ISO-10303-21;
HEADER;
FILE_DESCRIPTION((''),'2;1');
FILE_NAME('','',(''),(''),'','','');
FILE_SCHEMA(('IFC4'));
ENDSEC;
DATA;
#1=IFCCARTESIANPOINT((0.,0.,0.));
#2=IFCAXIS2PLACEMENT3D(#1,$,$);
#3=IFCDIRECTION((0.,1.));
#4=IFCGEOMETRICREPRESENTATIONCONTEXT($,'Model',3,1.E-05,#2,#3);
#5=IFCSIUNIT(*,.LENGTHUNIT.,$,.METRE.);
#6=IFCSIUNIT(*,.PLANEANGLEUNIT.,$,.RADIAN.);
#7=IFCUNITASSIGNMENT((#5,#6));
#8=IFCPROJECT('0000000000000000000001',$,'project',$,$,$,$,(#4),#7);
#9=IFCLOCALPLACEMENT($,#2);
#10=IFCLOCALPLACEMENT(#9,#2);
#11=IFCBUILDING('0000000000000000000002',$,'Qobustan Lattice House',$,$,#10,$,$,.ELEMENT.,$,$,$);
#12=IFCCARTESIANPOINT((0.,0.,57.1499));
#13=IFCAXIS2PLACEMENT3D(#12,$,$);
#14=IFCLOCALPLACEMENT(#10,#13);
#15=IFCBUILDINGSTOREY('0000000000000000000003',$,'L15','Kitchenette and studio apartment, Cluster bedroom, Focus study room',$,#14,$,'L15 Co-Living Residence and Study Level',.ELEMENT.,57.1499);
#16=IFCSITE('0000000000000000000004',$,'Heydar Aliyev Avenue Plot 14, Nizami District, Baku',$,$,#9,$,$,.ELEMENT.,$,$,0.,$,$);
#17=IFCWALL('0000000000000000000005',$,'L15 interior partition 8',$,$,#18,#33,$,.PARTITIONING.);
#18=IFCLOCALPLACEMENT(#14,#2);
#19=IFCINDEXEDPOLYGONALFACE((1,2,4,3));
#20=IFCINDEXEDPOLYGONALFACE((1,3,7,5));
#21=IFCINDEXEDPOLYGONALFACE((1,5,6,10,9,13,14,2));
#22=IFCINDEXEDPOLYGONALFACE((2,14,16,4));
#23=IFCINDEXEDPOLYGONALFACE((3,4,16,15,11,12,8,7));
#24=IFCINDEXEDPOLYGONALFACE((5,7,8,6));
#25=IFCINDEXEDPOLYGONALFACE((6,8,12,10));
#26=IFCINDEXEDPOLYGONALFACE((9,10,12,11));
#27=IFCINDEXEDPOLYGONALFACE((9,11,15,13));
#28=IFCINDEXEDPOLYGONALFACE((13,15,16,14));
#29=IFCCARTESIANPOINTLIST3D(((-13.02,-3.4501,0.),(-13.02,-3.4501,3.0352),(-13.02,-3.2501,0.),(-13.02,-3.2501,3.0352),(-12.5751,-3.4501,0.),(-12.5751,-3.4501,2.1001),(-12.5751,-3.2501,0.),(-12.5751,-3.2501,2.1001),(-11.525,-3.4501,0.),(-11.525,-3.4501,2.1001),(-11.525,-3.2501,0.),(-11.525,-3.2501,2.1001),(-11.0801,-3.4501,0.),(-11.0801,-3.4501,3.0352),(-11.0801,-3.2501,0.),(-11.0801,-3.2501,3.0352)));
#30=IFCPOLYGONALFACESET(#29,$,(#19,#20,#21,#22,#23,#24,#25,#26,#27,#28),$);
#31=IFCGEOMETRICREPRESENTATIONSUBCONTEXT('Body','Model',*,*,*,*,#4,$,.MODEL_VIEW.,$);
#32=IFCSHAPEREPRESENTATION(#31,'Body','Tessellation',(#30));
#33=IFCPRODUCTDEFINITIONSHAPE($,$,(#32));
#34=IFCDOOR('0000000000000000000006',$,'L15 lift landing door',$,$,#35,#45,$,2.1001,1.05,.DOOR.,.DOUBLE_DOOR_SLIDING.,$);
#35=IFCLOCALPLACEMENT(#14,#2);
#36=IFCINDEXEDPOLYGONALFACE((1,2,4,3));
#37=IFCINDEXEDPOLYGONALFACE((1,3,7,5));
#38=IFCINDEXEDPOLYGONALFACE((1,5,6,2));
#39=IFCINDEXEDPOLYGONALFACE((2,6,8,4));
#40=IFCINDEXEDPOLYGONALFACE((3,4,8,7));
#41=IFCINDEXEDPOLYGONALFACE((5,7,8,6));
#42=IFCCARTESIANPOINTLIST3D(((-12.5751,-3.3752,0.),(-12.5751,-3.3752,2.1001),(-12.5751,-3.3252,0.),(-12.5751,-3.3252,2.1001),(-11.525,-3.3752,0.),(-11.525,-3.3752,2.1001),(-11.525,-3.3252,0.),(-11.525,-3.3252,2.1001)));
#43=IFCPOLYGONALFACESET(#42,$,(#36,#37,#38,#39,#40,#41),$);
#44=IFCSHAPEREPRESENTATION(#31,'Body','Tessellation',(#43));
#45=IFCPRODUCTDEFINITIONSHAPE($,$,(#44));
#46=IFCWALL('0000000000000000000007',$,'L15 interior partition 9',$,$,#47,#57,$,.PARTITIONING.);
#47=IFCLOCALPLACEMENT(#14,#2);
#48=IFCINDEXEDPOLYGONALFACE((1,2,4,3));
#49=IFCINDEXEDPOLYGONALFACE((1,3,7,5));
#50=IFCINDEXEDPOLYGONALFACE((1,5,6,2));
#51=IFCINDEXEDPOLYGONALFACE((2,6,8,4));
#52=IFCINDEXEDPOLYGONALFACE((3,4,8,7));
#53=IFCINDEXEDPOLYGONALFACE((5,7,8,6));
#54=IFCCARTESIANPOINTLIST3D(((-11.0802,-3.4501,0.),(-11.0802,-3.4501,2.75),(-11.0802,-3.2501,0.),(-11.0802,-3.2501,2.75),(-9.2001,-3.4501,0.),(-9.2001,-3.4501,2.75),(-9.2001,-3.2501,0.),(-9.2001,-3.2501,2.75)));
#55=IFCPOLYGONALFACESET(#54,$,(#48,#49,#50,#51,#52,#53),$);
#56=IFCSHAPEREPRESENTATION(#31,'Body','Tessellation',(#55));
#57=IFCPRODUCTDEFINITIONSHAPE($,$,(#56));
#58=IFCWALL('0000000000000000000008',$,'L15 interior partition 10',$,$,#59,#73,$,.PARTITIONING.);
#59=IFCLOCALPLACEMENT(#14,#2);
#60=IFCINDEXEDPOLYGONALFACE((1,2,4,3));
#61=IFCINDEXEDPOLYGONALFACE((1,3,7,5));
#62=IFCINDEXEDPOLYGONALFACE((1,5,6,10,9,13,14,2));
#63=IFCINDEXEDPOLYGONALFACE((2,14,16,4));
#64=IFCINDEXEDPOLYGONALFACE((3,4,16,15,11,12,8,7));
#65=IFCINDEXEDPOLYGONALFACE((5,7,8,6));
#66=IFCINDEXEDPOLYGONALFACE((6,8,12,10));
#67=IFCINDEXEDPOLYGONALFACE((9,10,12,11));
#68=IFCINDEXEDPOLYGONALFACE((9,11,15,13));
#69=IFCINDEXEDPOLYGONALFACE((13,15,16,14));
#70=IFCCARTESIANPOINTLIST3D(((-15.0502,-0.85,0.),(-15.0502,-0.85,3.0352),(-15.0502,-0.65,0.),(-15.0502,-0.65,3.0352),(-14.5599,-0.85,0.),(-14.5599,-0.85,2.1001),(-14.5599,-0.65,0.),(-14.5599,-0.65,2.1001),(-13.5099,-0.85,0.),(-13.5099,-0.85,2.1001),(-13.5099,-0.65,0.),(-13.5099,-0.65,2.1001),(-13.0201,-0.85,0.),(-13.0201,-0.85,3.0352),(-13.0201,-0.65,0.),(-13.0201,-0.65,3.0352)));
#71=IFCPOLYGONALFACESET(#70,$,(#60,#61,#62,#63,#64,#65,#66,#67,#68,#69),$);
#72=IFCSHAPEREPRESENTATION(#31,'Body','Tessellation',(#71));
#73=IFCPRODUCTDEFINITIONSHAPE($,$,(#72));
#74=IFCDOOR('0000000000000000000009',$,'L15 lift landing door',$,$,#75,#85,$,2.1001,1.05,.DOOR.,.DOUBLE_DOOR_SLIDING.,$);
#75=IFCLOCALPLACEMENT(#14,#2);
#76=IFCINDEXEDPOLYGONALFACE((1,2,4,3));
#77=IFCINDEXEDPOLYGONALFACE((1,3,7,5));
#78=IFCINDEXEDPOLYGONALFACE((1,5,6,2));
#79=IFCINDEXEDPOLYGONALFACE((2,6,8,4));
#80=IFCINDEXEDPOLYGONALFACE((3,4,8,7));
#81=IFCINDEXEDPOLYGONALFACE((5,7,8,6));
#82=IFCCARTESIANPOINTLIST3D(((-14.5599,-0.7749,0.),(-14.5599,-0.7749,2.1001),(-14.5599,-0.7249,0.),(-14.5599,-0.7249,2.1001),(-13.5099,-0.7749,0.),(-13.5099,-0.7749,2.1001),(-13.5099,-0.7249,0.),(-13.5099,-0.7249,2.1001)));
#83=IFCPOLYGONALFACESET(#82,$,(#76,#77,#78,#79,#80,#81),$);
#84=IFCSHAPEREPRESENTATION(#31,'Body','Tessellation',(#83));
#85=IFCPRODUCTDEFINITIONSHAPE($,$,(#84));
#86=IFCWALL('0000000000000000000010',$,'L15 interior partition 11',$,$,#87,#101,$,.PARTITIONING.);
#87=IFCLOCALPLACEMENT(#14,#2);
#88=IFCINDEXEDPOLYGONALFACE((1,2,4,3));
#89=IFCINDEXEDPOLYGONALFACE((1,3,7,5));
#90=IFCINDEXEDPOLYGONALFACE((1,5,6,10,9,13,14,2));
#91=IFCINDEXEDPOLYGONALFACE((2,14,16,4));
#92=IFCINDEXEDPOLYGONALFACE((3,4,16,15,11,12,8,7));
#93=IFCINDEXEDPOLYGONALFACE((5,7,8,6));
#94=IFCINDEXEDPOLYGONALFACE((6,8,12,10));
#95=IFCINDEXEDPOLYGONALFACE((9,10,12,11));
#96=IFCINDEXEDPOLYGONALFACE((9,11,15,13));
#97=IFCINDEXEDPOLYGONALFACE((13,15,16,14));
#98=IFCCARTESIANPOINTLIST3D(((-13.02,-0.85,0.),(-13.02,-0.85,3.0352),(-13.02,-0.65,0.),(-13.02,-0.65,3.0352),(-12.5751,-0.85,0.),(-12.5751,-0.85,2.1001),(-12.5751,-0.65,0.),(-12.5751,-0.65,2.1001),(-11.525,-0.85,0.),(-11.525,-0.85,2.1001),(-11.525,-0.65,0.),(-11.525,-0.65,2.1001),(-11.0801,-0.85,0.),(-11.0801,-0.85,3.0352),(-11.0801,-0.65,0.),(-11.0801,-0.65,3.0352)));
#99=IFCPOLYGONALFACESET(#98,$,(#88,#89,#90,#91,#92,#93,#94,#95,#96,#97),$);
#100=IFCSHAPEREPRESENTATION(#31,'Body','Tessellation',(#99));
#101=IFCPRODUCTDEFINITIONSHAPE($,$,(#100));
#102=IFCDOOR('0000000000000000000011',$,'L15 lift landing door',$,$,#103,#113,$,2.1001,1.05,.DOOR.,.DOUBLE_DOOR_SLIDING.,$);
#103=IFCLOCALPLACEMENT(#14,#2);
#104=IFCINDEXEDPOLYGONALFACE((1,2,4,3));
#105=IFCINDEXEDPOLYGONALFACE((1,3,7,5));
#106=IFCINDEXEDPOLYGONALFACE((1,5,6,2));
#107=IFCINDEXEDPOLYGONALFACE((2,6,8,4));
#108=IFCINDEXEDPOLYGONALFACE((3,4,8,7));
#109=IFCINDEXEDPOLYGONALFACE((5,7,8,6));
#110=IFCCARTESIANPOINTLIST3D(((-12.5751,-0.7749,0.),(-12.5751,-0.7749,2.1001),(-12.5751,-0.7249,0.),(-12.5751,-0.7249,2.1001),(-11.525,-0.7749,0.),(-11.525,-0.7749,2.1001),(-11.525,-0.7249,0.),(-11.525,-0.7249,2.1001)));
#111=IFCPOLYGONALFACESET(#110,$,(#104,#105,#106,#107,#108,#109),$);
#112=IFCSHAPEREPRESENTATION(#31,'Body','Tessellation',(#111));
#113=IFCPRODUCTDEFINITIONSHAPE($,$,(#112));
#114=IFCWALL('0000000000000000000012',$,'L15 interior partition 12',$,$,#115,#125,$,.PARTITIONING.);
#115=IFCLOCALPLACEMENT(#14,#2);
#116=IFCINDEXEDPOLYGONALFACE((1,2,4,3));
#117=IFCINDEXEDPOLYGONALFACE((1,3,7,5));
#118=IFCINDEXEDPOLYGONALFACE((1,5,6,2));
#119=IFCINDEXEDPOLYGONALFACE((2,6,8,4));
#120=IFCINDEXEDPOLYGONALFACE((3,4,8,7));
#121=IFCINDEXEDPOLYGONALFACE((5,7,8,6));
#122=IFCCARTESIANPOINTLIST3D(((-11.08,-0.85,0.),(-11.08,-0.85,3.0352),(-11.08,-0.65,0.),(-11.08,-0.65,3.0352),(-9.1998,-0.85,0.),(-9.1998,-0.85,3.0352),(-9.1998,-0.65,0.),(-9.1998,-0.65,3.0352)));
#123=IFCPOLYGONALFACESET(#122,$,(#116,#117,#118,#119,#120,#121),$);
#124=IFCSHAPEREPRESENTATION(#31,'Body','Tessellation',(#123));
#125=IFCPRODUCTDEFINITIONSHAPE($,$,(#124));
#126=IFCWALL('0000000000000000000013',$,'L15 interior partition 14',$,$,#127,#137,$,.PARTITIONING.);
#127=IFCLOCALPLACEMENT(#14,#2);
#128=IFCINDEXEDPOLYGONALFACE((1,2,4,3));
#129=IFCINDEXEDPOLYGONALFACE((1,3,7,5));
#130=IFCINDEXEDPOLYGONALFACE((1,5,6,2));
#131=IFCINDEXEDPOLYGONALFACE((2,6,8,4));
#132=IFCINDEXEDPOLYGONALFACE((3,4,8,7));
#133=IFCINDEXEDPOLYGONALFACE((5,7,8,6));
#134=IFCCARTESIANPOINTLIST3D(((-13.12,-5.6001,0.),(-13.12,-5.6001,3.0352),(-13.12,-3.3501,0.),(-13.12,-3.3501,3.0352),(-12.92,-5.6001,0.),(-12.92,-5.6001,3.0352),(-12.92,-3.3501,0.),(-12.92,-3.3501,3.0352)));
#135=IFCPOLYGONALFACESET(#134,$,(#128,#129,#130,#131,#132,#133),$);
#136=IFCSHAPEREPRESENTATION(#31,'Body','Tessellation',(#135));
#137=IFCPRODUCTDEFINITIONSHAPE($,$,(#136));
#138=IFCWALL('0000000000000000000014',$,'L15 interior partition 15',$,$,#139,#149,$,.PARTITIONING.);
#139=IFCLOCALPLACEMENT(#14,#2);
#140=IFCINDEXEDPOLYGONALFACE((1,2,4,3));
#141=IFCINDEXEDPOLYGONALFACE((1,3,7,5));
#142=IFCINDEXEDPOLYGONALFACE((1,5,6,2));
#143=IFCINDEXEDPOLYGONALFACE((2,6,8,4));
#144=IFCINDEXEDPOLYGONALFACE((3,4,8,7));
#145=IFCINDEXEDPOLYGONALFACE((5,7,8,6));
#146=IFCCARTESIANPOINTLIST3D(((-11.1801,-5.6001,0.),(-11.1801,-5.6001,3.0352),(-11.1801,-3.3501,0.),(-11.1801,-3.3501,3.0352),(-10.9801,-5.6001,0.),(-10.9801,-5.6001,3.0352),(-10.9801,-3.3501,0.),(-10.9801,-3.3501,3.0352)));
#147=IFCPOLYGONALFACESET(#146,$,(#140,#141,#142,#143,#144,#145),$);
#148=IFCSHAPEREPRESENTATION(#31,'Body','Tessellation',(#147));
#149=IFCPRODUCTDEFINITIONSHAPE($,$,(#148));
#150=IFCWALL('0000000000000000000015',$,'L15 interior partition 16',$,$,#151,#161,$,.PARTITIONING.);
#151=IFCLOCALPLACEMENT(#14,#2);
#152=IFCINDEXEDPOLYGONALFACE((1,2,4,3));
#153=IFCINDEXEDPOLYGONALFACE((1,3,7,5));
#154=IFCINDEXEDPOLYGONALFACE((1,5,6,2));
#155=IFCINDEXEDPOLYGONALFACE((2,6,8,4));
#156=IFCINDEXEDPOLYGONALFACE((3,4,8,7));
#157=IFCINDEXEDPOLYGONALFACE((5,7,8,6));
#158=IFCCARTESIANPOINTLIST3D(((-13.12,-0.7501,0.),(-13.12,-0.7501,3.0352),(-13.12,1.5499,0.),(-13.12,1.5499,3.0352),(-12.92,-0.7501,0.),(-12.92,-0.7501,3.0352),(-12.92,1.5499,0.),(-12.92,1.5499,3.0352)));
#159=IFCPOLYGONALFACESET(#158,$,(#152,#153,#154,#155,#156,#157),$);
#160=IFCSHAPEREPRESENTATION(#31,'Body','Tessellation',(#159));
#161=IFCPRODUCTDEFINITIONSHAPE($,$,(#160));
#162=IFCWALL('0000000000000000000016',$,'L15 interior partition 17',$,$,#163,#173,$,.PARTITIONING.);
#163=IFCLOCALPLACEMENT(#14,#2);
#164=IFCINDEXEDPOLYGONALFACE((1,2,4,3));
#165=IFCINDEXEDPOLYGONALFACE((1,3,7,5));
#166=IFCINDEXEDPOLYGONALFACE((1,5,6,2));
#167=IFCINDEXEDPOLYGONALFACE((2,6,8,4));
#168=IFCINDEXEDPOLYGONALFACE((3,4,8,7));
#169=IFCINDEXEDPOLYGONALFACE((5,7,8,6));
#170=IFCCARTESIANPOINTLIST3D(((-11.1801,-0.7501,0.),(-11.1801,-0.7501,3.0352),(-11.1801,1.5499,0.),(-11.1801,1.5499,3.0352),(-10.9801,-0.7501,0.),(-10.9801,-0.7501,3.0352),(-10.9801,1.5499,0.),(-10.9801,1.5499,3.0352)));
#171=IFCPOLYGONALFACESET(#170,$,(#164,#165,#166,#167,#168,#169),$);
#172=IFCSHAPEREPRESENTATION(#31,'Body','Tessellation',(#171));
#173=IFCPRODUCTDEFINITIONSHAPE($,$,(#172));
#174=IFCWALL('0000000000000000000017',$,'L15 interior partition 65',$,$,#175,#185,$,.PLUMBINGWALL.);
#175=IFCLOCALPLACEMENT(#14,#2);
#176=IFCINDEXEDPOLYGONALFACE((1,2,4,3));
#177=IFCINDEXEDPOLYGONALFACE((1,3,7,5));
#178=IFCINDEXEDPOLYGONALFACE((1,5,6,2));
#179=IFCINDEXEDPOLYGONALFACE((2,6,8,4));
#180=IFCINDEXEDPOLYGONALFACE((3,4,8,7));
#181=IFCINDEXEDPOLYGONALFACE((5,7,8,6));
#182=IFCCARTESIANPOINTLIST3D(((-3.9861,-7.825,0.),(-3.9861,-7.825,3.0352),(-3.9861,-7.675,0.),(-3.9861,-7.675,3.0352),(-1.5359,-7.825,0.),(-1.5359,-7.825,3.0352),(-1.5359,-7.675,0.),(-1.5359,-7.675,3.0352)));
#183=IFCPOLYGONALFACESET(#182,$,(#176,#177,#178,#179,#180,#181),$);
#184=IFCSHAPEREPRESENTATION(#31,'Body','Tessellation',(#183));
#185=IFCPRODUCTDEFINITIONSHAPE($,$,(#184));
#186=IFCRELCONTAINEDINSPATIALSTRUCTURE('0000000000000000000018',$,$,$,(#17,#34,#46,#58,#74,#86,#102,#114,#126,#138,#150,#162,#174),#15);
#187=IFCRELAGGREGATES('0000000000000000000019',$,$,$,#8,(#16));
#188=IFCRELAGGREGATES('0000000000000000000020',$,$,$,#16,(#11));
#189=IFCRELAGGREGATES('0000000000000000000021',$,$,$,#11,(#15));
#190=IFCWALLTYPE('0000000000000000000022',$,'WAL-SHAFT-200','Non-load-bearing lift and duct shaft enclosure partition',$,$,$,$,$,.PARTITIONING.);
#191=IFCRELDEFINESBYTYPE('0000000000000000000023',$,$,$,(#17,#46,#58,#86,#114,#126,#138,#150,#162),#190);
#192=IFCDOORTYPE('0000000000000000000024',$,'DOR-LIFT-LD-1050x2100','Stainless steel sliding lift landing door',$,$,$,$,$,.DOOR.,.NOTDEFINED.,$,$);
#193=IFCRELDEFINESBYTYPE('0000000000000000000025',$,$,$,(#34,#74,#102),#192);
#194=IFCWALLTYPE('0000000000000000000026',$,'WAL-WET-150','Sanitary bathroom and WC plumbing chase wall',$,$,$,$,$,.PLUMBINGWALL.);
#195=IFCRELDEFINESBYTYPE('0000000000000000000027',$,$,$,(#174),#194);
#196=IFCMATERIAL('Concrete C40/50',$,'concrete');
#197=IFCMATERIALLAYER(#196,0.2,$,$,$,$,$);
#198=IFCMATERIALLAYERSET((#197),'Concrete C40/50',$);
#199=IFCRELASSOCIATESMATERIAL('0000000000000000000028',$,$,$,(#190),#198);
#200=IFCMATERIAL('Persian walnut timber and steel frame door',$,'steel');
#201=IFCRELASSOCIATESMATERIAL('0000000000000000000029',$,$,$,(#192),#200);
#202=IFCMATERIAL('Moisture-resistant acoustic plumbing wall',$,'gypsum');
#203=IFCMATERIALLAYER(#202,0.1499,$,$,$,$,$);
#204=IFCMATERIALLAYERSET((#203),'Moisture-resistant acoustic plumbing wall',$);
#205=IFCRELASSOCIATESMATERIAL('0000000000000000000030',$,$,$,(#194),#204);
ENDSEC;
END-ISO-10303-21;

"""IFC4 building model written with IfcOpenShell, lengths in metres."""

from ifc_helpers import new_model, si_unit, direction, frame, frame_2d, origin, place, context, subcontext, project, spatial, rectangle, extrude, material, layer, layer_set, type_object, element, fill, save


model = new_model("IFC4")

# Units and contexts
model_context = context("Model", 3, precision=1e-05, world=origin(), true_north=direction((0.0, 1.0)))
body_context = subcontext(model_context, "Body", "Model", "MODEL_VIEW")
ifc_project = project(units=[si_unit("LENGTHUNIT", "METRE"), si_unit("PLANEANGLEUNIT", "RADIAN")], contexts=[model_context])

# Site, building, storey
site_placement = place(None, origin())
site = spatial("IfcSite", under=ifc_project, at=site_placement, Name="Heydar Aliyev Avenue Plot 14, Nizami District, Baku", CompositionType="ELEMENT", RefElevation=0.0)
building_placement = place(site_placement, origin())
building = spatial("IfcBuilding", under=site, at=building_placement, Name="Qobustan Lattice House", CompositionType="ELEMENT")
storey_placement = place(building_placement, frame((0.0, 0.0, 57.1499)))
storey = spatial("IfcBuildingStorey", under=building, at=storey_placement, Name="L15", Description="Kitchenette and studio apartment, Cluster bedroom, Focus study room", LongName="L15 Co-Living Residence and Study Level", CompositionType="ELEMENT", Elevation=57.1499)

# Shared definitions
ifc_material_1 = material(Name="Concrete C40/50", Category="concrete")
ifc_layer_1 = layer(ifc_material_1, 0.2)
ifc_layer_set_1 = layer_set([ifc_layer_1], Name="Concrete C40/50")
wall_type_1 = type_object("IfcWallType", Name="WAL-SHAFT-200", Description="Non-load-bearing lift and duct shaft enclosure partition", PredefinedType="PARTITIONING", material=ifc_layer_set_1)

# Wall, opening, door
ifc_material_2 = material(Name="Persian walnut timber and steel frame door", Category="steel")
door_type_1 = type_object("IfcDoorType", Name="DOR-LIFT-LD-1050x2100", Description="Stainless steel sliding lift landing door", OperationType="NOTDEFINED", PredefinedType="DOOR", material=ifc_material_2)
wall_1_placement = place(storey_placement, frame((-13.02, -3.3501, 0.0), z_axis=(0.0, 0.0, 1.0), x_axis=(1.0, 0.0, 0.0)))
wall_1 = element("IfcWall", 1, at=wall_1_placement, inside=storey, type_object=wall_type_1, Name="L15 interior partition 8", PredefinedType="PARTITIONING", context=body_context, shape_type="SweptSolid", body=[
    extrude(rectangle(XDim=1.9399, YDim=0.2, at=frame_2d((0.97, 0.0))), origin(), (0.0, 0.0, 1.0), 3.0352),
])
opening_1_placement = place(wall_1_placement, frame((0.4451, 0.0, 0.0)))
opening_1 = element("IfcOpeningElement", 2, at=opening_1_placement, cuts=wall_1, PredefinedType="OPENING", context=body_context, shape_type="SweptSolid", body=[
    extrude(rectangle(XDim=1.05, YDim=2.1001, at=frame_2d((0.5249, 1.05))), frame((0.0, 0.1099, 0.0), z_axis=(0.0, -1.0, 0.0), x_axis=(1.0, 0.0, 0.0)), (0.0, 0.0, 1.0), 0.22),
])
door_1_placement = place(opening_1_placement, origin())
door_1 = element("IfcDoor", 3, at=door_1_placement, inside=storey, type_object=door_type_1, Name="L15 lift landing door", OperationType="DOUBLE_DOOR_SLIDING", OverallHeight=2.1001, OverallWidth=1.05, PredefinedType="DOOR", context=body_context, shape_type="SweptSolid", body=[
    extrude(rectangle(XDim=1.05, YDim=2.1001, at=frame_2d((0.5249, 1.05))), frame((0.0, 0.0249, 0.0), z_axis=(0.0, -1.0, 0.0), x_axis=(1.0, 0.0, 0.0)), (0.0, 0.0, 1.0), 0.05),
])
fill(opening_1, door_1)

# Wall
wall_2_placement = place(storey_placement, frame((-11.0801, -3.3501, 0.0), z_axis=(0.0, 0.0, 1.0), x_axis=(1.0, 0.0, 0.0)))
element("IfcWall", 4, at=wall_2_placement, inside=storey, type_object=wall_type_1, Name="L15 interior partition 9", PredefinedType="PARTITIONING", context=body_context, shape_type="SweptSolid", body=[
    extrude(rectangle(XDim=1.8801, YDim=0.2, at=frame_2d((0.9399, 0.0))), origin(), (0.0, 0.0, 1.0), 2.75),
])

# Walls, openings, doors
wall_3_placement = place(storey_placement, frame((-13.02, -0.75, 0.0), z_axis=(0.0, 0.0, 1.0), x_axis=(-1.0, 0.0, 0.0)))
wall_3 = element("IfcWall", 5, at=wall_3_placement, inside=storey, type_object=wall_type_1, Name="L15 interior partition 10", PredefinedType="PARTITIONING", context=body_context, shape_type="SweptSolid", body=[
    extrude(rectangle(XDim=2.03, YDim=0.2, at=frame_2d((1.0151, 0.0))), origin(), (0.0, 0.0, 1.0), 3.0352),
])
opening_2_placement = place(wall_3_placement, frame((0.49, 0.0, 0.0)))
opening_2 = element("IfcOpeningElement", 6, at=opening_2_placement, cuts=wall_3, PredefinedType="OPENING", context=body_context, shape_type="SweptSolid", body=[
    extrude(rectangle(XDim=1.05, YDim=2.1001, at=frame_2d((0.5249, 1.05))), frame((0.0, 0.1099, 0.0), z_axis=(0.0, -1.0, 0.0), x_axis=(1.0, 0.0, 0.0)), (0.0, 0.0, 1.0), 0.22),
])
door_2_placement = place(opening_2_placement, origin())
door_2 = element("IfcDoor", 7, at=door_2_placement, inside=storey, type_object=door_type_1, Name="L15 lift landing door", OperationType="DOUBLE_DOOR_SLIDING", OverallHeight=2.1001, OverallWidth=1.05, PredefinedType="DOOR", context=body_context, shape_type="SweptSolid", body=[
    extrude(rectangle(XDim=1.05, YDim=2.1001, at=frame_2d((0.5249, 1.05))), frame((0.0, 0.0249, 0.0), z_axis=(0.0, -1.0, 0.0), x_axis=(1.0, 0.0, 0.0)), (0.0, 0.0, 1.0), 0.05),
])
fill(opening_2, door_2)
wall_4_placement = place(storey_placement, frame((-11.0801, -0.75, 0.0), z_axis=(0.0, 0.0, 1.0), x_axis=(-1.0, 0.0, 0.0)))
wall_4 = element("IfcWall", 8, at=wall_4_placement, inside=storey, type_object=wall_type_1, Name="L15 interior partition 11", PredefinedType="PARTITIONING", context=body_context, shape_type="SweptSolid", body=[
    extrude(rectangle(XDim=1.9399, YDim=0.2, at=frame_2d((0.97, 0.0))), origin(), (0.0, 0.0, 1.0), 3.0352),
])
opening_3_placement = place(wall_4_placement, frame((0.4451, 0.0, 0.0)))
opening_3 = element("IfcOpeningElement", 9, at=opening_3_placement, cuts=wall_4, PredefinedType="OPENING", context=body_context, shape_type="SweptSolid", body=[
    extrude(rectangle(XDim=1.05, YDim=2.1001, at=frame_2d((0.5249, 1.05))), frame((0.0, 0.1099, 0.0), z_axis=(0.0, -1.0, 0.0), x_axis=(1.0, 0.0, 0.0)), (0.0, 0.0, 1.0), 0.22),
])
door_3_placement = place(opening_3_placement, origin())
door_3 = element("IfcDoor", 10, at=door_3_placement, inside=storey, type_object=door_type_1, Name="L15 lift landing door", OperationType="DOUBLE_DOOR_SLIDING", OverallHeight=2.1001, OverallWidth=1.05, PredefinedType="DOOR", context=body_context, shape_type="SweptSolid", body=[
    extrude(rectangle(XDim=1.05, YDim=2.1001, at=frame_2d((0.5249, 1.05))), frame((0.0, 0.0249, 0.0), z_axis=(0.0, -1.0, 0.0), x_axis=(1.0, 0.0, 0.0)), (0.0, 0.0, 1.0), 0.05),
])
fill(opening_3, door_3)

# Walls
wall_5_placement = place(storey_placement, frame((-9.2, -0.75, 0.0), z_axis=(0.0, 0.0, 1.0), x_axis=(-1.0, 0.0, 0.0)))
element("IfcWall", 11, at=wall_5_placement, inside=storey, type_object=wall_type_1, Name="L15 interior partition 12", PredefinedType="PARTITIONING", context=body_context, shape_type="SweptSolid", body=[
    extrude(rectangle(XDim=1.8801, YDim=0.2, at=frame_2d((0.9399, 0.0))), origin(), (0.0, 0.0, 1.0), 3.0352),
])
for number, where, z_axis, x_axis, name in (
    (12, (-13.02, -5.6001, 0.0), (0.0, 0.0, 1.0), (0.0, 1.0, 0.0), "L15 interior partition 14"),
    (13, (-11.0801, -5.6001, 0.0), (0.0, 0.0, 1.0), (0.0, 1.0, 0.0), "L15 interior partition 15"),
):
    element("IfcWall", number, at=place(storey_placement, frame(where, z_axis=z_axis, x_axis=x_axis)), inside=storey, type_object=wall_type_1, Name=name, PredefinedType="PARTITIONING", context=body_context, shape_type="SweptSolid", body=[
        extrude(rectangle(XDim=2.25, YDim=0.2, at=frame_2d((1.125, 0.0))), origin(), (0.0, 0.0, 1.0), 3.0352),
    ])
for number, where, z_axis, x_axis, name in (
    (14, (-13.02, -0.75, 0.0), (0.0, 0.0, 1.0), (0.0, 1.0, 0.0), "L15 interior partition 16"),
    (15, (-11.0801, -0.75, 0.0), (0.0, 0.0, 1.0), (0.0, 1.0, 0.0), "L15 interior partition 17"),
):
    element("IfcWall", number, at=place(storey_placement, frame(where, z_axis=z_axis, x_axis=x_axis)), inside=storey, type_object=wall_type_1, Name=name, PredefinedType="PARTITIONING", context=body_context, shape_type="SweptSolid", body=[
        extrude(rectangle(XDim=2.3, YDim=0.2, at=frame_2d((1.1499, 0.0))), origin(), (0.0, 0.0, 1.0), 3.0352),
    ])
ifc_material_3 = material(Name="Moisture-resistant acoustic plumbing wall", Category="gypsum")
ifc_layer_2 = layer(ifc_material_3, 0.1499)
ifc_layer_set_2 = layer_set([ifc_layer_2], Name="Moisture-resistant acoustic plumbing wall")
wall_type_2 = type_object("IfcWallType", Name="WAL-WET-150", Description="Sanitary bathroom and WC plumbing chase wall", PredefinedType="PLUMBINGWALL", material=ifc_layer_set_2)
wall_6_placement = place(storey_placement, frame((-1.5359, -7.75, 0.0), z_axis=(0.0, 0.0, 1.0), x_axis=(-1.0, 0.0, 0.0)))
element("IfcWall", 16, at=wall_6_placement, inside=storey, type_object=wall_type_2, Name="L15 interior partition 65", PredefinedType="PLUMBINGWALL", context=body_context, shape_type="SweptSolid", body=[
    extrude(rectangle(XDim=2.4502, YDim=0.1499, at=frame_2d((1.2251, 0.0))), origin(), (0.0, 0.0, 1.0), 3.0352),
])

save(model, "model.ifc")
